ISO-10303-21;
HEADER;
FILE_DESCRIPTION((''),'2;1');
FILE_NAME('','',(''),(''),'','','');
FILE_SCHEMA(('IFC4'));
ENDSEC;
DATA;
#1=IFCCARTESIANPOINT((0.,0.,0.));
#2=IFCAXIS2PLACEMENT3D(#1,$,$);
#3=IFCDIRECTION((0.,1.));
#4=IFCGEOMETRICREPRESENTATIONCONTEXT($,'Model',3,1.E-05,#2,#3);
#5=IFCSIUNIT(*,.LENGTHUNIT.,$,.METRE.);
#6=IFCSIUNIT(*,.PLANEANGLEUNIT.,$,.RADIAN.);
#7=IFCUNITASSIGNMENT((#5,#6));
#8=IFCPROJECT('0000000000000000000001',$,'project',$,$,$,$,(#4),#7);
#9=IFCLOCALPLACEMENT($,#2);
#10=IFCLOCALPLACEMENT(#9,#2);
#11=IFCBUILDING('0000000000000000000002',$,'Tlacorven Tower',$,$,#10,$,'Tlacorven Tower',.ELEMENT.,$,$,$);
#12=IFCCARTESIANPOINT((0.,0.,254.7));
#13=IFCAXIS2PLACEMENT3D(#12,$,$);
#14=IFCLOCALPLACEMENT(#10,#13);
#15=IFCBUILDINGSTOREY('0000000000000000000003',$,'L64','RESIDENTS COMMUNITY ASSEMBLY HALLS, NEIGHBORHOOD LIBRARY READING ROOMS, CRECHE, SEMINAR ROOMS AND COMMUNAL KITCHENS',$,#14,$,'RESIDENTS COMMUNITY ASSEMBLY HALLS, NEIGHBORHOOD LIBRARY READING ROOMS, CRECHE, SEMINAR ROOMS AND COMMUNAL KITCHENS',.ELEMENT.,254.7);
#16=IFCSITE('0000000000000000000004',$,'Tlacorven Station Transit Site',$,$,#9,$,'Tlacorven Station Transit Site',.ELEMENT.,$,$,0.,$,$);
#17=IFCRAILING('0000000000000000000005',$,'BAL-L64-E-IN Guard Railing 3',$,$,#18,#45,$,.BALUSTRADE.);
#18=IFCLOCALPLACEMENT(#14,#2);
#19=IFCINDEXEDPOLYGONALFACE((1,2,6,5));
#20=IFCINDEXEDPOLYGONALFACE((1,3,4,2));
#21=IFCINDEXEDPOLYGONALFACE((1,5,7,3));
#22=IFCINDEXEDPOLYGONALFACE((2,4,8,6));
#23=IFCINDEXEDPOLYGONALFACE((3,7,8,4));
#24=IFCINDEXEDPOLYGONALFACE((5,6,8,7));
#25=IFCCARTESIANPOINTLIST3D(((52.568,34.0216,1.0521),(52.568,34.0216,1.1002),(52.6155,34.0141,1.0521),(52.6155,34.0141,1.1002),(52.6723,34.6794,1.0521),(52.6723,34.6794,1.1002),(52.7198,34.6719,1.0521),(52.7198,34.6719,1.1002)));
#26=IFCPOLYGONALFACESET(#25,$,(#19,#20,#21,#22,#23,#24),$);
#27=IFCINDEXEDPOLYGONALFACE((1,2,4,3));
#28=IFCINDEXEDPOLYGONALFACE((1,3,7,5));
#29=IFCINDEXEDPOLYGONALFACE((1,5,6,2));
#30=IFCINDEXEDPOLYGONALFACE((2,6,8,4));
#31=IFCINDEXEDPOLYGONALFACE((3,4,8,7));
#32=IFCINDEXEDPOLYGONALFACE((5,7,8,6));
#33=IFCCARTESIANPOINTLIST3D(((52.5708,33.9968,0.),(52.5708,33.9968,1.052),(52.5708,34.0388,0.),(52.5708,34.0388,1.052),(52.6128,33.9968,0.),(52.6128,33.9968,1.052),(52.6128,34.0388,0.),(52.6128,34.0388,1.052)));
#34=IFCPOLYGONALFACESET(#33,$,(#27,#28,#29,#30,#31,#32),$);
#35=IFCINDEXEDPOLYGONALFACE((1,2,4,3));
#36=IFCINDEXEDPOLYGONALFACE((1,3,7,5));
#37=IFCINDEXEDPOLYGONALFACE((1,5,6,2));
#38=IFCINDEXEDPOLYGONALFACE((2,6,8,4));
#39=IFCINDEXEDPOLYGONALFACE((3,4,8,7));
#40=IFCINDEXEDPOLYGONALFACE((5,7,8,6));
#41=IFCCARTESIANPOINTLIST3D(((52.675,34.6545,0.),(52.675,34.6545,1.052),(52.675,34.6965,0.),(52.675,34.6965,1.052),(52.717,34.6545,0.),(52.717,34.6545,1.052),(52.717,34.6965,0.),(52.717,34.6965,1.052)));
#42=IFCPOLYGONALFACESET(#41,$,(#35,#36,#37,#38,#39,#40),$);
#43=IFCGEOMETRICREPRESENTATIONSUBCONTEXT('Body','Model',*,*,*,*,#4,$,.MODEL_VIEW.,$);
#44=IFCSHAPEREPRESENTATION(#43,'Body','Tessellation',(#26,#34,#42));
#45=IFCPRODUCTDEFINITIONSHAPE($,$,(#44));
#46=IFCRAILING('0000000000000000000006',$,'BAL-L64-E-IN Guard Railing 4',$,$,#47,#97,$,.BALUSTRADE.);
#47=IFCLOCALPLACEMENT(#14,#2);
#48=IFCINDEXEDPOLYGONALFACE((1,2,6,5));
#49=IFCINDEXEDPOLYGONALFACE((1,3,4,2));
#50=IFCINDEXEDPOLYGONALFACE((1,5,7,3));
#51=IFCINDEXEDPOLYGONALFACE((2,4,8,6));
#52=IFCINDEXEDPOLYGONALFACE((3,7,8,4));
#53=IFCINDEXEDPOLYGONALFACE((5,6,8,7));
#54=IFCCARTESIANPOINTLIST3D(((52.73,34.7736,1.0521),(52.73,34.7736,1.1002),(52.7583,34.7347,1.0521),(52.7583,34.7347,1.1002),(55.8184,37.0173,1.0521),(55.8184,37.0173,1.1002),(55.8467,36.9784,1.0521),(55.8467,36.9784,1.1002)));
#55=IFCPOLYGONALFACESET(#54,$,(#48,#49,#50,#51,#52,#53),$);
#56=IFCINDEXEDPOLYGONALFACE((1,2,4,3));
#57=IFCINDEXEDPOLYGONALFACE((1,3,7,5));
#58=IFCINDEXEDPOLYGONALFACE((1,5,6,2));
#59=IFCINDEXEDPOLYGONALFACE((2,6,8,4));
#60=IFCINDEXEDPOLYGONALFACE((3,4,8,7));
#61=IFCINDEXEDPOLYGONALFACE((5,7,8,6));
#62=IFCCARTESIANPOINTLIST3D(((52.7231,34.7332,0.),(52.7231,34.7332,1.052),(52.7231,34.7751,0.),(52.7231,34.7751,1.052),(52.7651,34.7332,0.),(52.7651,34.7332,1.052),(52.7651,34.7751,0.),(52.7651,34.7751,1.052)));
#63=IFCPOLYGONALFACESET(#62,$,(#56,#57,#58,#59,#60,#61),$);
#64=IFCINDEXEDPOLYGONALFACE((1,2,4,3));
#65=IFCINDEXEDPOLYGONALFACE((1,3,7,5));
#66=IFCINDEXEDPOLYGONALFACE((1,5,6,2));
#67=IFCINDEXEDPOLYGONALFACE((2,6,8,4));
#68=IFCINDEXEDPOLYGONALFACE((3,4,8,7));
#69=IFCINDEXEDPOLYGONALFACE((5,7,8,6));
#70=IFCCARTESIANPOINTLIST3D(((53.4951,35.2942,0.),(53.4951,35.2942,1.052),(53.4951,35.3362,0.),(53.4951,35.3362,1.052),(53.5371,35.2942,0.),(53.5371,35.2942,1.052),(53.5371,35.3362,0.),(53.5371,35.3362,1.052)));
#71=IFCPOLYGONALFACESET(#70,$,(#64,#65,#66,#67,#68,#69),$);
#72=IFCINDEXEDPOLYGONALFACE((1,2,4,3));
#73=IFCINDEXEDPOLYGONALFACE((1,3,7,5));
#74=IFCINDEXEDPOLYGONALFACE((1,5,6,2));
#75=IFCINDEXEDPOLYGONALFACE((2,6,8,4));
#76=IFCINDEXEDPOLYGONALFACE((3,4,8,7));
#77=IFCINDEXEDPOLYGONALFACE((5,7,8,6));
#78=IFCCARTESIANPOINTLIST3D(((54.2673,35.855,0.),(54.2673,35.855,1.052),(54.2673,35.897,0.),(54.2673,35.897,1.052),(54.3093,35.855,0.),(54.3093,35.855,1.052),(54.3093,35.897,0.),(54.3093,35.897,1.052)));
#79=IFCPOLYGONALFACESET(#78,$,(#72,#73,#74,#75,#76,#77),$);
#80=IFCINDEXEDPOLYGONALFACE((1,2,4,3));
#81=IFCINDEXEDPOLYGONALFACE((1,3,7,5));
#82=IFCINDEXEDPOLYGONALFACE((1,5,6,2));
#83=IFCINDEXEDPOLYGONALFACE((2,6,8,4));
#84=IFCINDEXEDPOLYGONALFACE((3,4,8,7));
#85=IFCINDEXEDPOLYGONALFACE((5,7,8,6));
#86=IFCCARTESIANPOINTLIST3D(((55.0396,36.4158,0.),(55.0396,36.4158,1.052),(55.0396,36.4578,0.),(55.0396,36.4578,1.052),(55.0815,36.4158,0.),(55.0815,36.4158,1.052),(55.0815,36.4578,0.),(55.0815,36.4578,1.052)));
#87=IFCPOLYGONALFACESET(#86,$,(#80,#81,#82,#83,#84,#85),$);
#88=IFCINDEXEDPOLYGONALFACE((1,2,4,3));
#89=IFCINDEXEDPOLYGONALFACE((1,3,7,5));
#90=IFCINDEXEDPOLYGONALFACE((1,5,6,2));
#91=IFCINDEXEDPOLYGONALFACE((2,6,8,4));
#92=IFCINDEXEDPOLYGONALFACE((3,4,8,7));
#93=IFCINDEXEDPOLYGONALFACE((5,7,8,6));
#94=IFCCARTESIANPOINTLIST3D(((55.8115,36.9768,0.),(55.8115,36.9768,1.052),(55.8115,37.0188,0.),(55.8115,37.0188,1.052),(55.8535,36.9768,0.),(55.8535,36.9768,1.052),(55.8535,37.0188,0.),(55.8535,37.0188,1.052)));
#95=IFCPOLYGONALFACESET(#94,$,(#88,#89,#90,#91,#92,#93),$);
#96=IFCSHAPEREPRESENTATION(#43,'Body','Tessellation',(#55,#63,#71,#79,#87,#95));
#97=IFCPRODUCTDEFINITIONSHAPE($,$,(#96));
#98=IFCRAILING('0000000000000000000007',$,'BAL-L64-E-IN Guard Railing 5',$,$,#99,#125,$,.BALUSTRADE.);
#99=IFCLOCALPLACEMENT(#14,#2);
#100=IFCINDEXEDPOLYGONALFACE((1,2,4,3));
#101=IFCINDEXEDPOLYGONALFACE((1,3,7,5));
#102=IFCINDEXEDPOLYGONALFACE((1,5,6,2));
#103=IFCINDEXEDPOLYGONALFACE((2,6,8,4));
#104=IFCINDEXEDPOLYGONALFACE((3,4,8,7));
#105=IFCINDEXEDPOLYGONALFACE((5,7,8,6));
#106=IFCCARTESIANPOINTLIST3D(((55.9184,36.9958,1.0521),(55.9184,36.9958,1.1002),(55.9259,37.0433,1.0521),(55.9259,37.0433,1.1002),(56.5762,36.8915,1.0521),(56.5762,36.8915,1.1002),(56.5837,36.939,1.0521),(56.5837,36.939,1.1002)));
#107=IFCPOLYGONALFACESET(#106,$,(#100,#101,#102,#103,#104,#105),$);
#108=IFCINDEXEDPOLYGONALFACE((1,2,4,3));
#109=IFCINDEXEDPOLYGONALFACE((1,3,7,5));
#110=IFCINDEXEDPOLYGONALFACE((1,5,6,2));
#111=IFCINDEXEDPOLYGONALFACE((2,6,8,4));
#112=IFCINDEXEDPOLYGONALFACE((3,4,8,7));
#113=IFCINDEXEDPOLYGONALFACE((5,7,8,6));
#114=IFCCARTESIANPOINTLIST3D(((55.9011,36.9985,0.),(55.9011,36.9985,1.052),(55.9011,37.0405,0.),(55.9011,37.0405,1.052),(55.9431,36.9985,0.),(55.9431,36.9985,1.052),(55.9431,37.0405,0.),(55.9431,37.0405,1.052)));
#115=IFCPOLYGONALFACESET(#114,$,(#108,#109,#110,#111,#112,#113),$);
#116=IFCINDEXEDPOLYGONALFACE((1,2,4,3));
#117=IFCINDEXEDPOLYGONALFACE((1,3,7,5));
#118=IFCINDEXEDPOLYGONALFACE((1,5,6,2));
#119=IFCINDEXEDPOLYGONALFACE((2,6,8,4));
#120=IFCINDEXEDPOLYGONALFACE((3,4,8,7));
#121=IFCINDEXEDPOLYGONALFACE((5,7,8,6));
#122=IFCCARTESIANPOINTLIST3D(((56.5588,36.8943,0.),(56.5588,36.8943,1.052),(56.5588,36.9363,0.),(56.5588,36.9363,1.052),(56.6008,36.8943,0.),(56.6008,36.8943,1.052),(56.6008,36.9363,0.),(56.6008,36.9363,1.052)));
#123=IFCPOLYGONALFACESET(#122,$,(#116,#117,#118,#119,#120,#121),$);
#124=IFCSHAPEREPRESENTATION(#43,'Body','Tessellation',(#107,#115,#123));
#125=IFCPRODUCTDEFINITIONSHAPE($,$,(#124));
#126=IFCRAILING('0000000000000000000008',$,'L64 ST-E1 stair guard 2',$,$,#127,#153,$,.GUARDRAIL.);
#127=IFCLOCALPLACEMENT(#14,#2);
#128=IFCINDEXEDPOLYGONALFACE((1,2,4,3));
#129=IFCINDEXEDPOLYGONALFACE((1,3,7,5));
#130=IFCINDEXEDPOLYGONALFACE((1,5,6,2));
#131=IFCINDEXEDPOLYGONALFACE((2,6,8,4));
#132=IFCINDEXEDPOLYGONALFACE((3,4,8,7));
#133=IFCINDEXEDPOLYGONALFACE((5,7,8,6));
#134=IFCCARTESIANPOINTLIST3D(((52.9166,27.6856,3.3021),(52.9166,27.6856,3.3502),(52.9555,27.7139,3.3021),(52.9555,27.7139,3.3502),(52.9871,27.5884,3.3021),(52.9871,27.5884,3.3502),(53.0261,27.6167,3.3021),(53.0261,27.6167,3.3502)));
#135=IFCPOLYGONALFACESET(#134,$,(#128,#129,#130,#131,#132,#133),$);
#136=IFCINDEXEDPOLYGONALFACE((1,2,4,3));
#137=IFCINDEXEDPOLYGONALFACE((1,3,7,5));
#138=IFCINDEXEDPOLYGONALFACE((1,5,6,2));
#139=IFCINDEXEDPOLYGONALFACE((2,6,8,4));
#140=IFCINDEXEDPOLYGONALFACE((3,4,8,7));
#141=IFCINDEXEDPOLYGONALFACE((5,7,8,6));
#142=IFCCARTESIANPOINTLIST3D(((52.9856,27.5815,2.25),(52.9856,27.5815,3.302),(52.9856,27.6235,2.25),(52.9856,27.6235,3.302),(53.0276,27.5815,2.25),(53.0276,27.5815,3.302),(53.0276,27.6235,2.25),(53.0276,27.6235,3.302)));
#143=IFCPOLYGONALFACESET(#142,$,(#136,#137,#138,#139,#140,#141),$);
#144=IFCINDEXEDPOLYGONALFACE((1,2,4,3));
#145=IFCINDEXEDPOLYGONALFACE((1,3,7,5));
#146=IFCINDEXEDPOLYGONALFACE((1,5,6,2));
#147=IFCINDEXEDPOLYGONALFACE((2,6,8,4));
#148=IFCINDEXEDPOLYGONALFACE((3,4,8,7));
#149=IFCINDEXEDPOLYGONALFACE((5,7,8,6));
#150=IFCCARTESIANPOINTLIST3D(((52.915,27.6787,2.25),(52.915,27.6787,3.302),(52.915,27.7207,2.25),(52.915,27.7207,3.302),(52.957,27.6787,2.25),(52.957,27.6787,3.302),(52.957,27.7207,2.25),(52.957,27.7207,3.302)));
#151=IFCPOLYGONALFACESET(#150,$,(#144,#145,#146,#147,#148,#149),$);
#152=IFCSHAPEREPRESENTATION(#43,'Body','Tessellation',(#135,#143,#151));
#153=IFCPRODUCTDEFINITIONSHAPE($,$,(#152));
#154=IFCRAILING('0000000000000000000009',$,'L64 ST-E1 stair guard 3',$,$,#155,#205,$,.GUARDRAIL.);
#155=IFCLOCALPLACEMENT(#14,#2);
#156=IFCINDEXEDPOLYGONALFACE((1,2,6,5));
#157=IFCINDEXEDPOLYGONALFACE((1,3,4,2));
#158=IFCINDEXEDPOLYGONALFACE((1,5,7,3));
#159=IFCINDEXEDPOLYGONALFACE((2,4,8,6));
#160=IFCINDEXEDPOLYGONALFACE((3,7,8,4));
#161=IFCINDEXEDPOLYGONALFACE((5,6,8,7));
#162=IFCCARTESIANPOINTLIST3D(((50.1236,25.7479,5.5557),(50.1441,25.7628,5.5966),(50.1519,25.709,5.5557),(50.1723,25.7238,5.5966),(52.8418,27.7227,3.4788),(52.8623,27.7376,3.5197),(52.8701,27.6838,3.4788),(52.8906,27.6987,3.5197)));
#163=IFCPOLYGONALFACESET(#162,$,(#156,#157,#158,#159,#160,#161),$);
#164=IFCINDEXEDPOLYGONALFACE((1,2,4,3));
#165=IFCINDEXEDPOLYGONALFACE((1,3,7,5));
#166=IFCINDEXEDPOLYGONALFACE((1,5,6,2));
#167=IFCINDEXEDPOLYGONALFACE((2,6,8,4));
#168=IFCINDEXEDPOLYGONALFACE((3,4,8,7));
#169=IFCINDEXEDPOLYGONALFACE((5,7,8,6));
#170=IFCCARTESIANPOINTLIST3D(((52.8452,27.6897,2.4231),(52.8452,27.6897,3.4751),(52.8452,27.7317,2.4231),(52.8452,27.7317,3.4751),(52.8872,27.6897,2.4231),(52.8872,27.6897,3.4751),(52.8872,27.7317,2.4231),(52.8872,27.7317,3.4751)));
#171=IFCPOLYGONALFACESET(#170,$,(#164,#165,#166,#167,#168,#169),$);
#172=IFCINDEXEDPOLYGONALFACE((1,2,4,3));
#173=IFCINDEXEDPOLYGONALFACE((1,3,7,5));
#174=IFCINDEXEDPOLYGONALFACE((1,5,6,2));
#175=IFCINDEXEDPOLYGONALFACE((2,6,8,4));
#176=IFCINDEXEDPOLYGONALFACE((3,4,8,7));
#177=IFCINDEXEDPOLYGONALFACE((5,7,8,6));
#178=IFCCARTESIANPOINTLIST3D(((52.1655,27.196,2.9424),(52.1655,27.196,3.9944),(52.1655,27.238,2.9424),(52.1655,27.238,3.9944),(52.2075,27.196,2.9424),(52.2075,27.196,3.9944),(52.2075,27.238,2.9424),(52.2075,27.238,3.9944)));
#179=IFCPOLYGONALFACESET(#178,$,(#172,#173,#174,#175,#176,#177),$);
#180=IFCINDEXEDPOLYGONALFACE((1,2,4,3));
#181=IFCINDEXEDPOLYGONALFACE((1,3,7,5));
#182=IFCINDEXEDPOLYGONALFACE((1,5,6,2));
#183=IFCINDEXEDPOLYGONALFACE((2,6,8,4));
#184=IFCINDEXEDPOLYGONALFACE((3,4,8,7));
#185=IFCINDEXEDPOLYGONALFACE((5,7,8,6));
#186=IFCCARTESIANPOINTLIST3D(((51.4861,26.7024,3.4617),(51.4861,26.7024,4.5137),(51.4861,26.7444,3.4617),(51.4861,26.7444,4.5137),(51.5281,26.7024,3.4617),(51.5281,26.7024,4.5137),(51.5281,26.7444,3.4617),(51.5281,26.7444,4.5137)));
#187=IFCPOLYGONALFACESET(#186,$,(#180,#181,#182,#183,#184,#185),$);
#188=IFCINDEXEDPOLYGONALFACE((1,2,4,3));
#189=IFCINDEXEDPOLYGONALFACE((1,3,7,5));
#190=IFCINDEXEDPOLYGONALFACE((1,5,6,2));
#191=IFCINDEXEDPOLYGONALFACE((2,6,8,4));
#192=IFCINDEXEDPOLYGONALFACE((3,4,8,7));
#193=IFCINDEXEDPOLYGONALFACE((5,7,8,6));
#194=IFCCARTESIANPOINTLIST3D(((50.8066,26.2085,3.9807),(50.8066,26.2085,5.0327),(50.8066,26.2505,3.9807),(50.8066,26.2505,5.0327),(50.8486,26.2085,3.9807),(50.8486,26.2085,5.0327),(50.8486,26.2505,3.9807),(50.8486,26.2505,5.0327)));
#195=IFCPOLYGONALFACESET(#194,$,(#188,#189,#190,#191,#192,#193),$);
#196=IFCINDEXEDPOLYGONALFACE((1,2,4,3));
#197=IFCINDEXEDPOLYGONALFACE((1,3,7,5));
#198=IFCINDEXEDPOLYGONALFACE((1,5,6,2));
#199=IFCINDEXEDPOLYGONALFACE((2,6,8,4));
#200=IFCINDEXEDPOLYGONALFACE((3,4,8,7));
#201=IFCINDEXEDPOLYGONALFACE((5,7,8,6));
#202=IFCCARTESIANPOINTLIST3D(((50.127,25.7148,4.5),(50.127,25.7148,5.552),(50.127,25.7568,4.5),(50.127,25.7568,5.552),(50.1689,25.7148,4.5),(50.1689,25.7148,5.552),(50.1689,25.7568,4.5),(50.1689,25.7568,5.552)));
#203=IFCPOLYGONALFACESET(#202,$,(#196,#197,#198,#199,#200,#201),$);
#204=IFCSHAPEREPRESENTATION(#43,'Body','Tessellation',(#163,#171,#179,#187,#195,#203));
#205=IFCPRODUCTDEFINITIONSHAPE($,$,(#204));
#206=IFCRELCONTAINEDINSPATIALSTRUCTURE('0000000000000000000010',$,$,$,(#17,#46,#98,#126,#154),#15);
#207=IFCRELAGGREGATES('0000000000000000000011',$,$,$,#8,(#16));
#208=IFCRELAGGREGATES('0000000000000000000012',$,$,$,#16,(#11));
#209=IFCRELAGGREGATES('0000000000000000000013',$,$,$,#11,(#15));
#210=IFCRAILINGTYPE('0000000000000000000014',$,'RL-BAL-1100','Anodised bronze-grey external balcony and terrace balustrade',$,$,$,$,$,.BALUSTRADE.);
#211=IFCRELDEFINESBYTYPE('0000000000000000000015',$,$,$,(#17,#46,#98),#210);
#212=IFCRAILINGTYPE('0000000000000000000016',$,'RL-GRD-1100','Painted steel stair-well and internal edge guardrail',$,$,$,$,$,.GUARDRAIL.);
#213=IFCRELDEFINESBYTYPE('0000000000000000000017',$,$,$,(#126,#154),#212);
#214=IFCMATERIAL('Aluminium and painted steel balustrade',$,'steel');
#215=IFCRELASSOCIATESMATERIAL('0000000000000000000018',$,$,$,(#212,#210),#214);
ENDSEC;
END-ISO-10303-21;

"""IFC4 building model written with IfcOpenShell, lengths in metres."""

from ifc_helpers import new_model, si_unit, direction, frame, origin, origin_2d, place, context, subcontext, project, spatial, rectangle, extrude, source, transform, mapped, material, type_object, element, save


model = new_model("IFC4")

# Units and contexts
model_context = context("Model", 3, precision=1e-05, world=origin(), true_north=direction((0.0, 1.0)))
body_context = subcontext(model_context, "Body", "Model", "MODEL_VIEW")
ifc_project = project(units=[si_unit("LENGTHUNIT", "METRE"), si_unit("PLANEANGLEUNIT", "RADIAN")], contexts=[model_context])

# Site, building, storey
site_placement = place(None, origin())
site = spatial("IfcSite", under=ifc_project, at=site_placement, Name="Tlacorven Station Transit Site", LongName="Tlacorven Station Transit Site", CompositionType="ELEMENT", RefElevation=0.0)
building_placement = place(site_placement, origin())
building = spatial("IfcBuilding", under=site, at=building_placement, Name="Tlacorven Tower", LongName="Tlacorven Tower", CompositionType="ELEMENT")
storey_placement = place(building_placement, frame((0.0, 0.0, 254.7)))
storey = spatial("IfcBuildingStorey", under=building, at=storey_placement, Name="L64", Description="RESIDENTS COMMUNITY ASSEMBLY HALLS, NEIGHBORHOOD LIBRARY READING ROOMS, CRECHE, SEMINAR ROOMS AND COMMUNAL KITCHENS", LongName="RESIDENTS COMMUNITY ASSEMBLY HALLS, NEIGHBORHOOD LIBRARY READING ROOMS, CRECHE, SEMINAR ROOMS AND COMMUNAL KITCHENS", CompositionType="ELEMENT", Elevation=254.7)

# Railings
ifc_material_1 = material(Name="Aluminium and painted steel balustrade", Category="steel")
railing_type_1 = type_object("IfcRailingType", Name="RL-GRD-1100", Description="Painted steel stair-well and internal edge guardrail", PredefinedType="GUARDRAIL", material=ifc_material_1)
railing_type_2 = type_object("IfcRailingType", Name="RL-BAL-1100", Description="Anodised bronze-grey external balcony and terrace balustrade", PredefinedType="BALUSTRADE", material=ifc_material_1)
shared_shape_1 = source(origin(), body_context, "Body", "SweptSolid", [
    extrude(rectangle(XDim=0.0481, YDim=0.0481, at=origin_2d()), frame((0.0, 0.0, 1.0762), z_axis=(0.156546, 0.987671, 0.0), x_axis=(-0.987671, 0.156546, 0.0)), (0.0, 0.0, 1.0), 0.666),
    extrude(rectangle(XDim=0.042, YDim=0.042, at=origin_2d()), origin(), (0.0, 0.0, 1.0), 1.052),
    extrude(rectangle(XDim=0.042, YDim=0.042, at=origin_2d()), frame((0.1042, 0.6577, 0.0)), (0.0, 0.0, 1.0), 1.052),
])
railing_1_placement = place(storey_placement, frame((52.5918, 34.0178, 0.0)))
element("IfcRailing", 1, at=railing_1_placement, inside=storey, type_object=railing_type_2, Name="BAL-L64-E-IN Guard Railing 3", PredefinedType="BALUSTRADE", context=body_context, shape_type="MappedRepresentation", body=[
    mapped(shared_shape_1, transform((0.0, 0.0, 0.0), scale=1.0)),
])
shared_shape_2 = source(origin(), body_context, "Body", "SweptSolid", [
    extrude(rectangle(XDim=0.0481, YDim=0.0481, at=origin_2d()), frame((0.0, 0.0, 1.0762), z_axis=(0.80904, 0.587753, 0.0), x_axis=(-0.587753, 0.80904, 0.0)), (0.0, 0.0, 1.0), 3.8174),
    extrude(rectangle(XDim=0.042, YDim=0.042, at=origin_2d()), origin(), (0.0, 0.0, 1.0), 1.052),
    extrude(rectangle(XDim=0.042, YDim=0.042, at=origin_2d()), frame((0.772, 0.561, 0.0)), (0.0, 0.0, 1.0), 1.052),
    extrude(rectangle(XDim=0.042, YDim=0.042, at=origin_2d()), frame((1.5442, 1.1218, 0.0)), (0.0, 0.0, 1.0), 1.052),
    extrude(rectangle(XDim=0.042, YDim=0.042, at=origin_2d()), frame((2.3164, 1.6826, 0.0)), (0.0, 0.0, 1.0), 1.052),
    extrude(rectangle(XDim=0.042, YDim=0.042, at=origin_2d()), frame((3.0884, 2.2437, 0.0)), (0.0, 0.0, 1.0), 1.052),
])
railing_2_placement = place(storey_placement, frame((52.7441, 34.7542, 0.0)))
element("IfcRailing", 2, at=railing_2_placement, inside=storey, type_object=railing_type_2, Name="BAL-L64-E-IN Guard Railing 4", PredefinedType="BALUSTRADE", context=body_context, shape_type="MappedRepresentation", body=[
    mapped(shared_shape_2, transform((0.0, 0.0, 0.0), scale=1.0)),
])
shared_shape_3 = source(origin(), body_context, "Body", "SweptSolid", [
    extrude(rectangle(XDim=0.0481, YDim=0.0481, at=origin_2d()), frame((0.0, 0.0, 1.0762), z_axis=(0.987671, -0.156546, 0.0), x_axis=(0.156546, 0.987671, 0.0)), (0.0, 0.0, 1.0), 0.666),
    extrude(rectangle(XDim=0.042, YDim=0.042, at=origin_2d()), origin(), (0.0, 0.0, 1.0), 1.052),
    extrude(rectangle(XDim=0.042, YDim=0.042, at=origin_2d()), frame((0.6577, -0.1042, 0.0)), (0.0, 0.0, 1.0), 1.052),
])
railing_3_placement = place(storey_placement, frame((55.9221, 37.0195, 0.0)))
element("IfcRailing", 3, at=railing_3_placement, inside=storey, type_object=railing_type_2, Name="BAL-L64-E-IN Guard Railing 5", PredefinedType="BALUSTRADE", context=body_context, shape_type="MappedRepresentation", body=[
    mapped(shared_shape_3, transform((0.0, 0.0, 0.0), scale=1.0)),
])
shared_shape_4 = source(origin(), body_context, "Body", "SweptSolid", [
    extrude(rectangle(XDim=0.0481, YDim=0.0481, at=origin_2d()), frame((0.0, 0.0, 1.0762), z_axis=(-0.587567, 0.809175, 0.0), x_axis=(-0.809175, -0.587567, 0.0)), (0.0, 0.0, 1.0), 0.1201),
    extrude(rectangle(XDim=0.042, YDim=0.042, at=origin_2d()), origin(), (0.0, 0.0, 1.0), 1.052),
    extrude(rectangle(XDim=0.042, YDim=0.042, at=origin_2d()), frame((-0.0706, 0.0972, 0.0)), (0.0, 0.0, 1.0), 1.052),
])
railing_4_placement = place(storey_placement, frame((53.0066, 27.6025, 2.25)))
element("IfcRailing", 4, at=railing_4_placement, inside=storey, type_object=railing_type_1, Name="L64 ST-E1 stair guard 2", PredefinedType="GUARDRAIL", context=body_context, shape_type="MappedRepresentation", body=[
    mapped(shared_shape_4, transform((0.0, 0.0, 0.0), scale=1.0)),
])
shared_shape_5 = source(origin(), body_context, "Body", "SweptSolid", [
    extrude(rectangle(XDim=0.0481, YDim=0.0481, at=origin_2d()), frame((0.0, 0.0, 1.0762), z_axis=(-0.688167, -0.499963, 0.525798), x_axis=(0.58777, -0.809028, 0.0)), (0.0, 0.0, 1.0), 3.95),
    extrude(rectangle(XDim=0.042, YDim=0.042, at=origin_2d()), origin(), (0.0, 0.0, 1.0), 1.052),
    extrude(rectangle(XDim=0.042, YDim=0.042, at=origin_2d()), frame((-0.6797, -0.4937, 0.5193)), (0.0, 0.0, 1.0), 1.052),
    extrude(rectangle(XDim=0.042, YDim=0.042, at=origin_2d()), frame((-1.3591, -0.9873, 1.0386)), (0.0, 0.0, 1.0), 1.052),
    extrude(rectangle(XDim=0.042, YDim=0.042, at=origin_2d()), frame((-2.0386, -1.4812, 1.5576)), (0.0, 0.0, 1.0), 1.052),
    extrude(rectangle(XDim=0.042, YDim=0.042, at=origin_2d()), frame((-2.7183, -1.9749, 2.0769)), (0.0, 0.0, 1.0), 1.052),
])
railing_5_placement = place(storey_placement, frame((52.8662, 27.7107, 2.4231)))
element("IfcRailing", 5, at=railing_5_placement, inside=storey, type_object=railing_type_1, Name="L64 ST-E1 stair guard 3", PredefinedType="GUARDRAIL", context=body_context, shape_type="MappedRepresentation", body=[
    mapped(shared_shape_5, transform((0.0, 0.0, 0.0), scale=1.0)),
])

save(model, "model.ifc")
